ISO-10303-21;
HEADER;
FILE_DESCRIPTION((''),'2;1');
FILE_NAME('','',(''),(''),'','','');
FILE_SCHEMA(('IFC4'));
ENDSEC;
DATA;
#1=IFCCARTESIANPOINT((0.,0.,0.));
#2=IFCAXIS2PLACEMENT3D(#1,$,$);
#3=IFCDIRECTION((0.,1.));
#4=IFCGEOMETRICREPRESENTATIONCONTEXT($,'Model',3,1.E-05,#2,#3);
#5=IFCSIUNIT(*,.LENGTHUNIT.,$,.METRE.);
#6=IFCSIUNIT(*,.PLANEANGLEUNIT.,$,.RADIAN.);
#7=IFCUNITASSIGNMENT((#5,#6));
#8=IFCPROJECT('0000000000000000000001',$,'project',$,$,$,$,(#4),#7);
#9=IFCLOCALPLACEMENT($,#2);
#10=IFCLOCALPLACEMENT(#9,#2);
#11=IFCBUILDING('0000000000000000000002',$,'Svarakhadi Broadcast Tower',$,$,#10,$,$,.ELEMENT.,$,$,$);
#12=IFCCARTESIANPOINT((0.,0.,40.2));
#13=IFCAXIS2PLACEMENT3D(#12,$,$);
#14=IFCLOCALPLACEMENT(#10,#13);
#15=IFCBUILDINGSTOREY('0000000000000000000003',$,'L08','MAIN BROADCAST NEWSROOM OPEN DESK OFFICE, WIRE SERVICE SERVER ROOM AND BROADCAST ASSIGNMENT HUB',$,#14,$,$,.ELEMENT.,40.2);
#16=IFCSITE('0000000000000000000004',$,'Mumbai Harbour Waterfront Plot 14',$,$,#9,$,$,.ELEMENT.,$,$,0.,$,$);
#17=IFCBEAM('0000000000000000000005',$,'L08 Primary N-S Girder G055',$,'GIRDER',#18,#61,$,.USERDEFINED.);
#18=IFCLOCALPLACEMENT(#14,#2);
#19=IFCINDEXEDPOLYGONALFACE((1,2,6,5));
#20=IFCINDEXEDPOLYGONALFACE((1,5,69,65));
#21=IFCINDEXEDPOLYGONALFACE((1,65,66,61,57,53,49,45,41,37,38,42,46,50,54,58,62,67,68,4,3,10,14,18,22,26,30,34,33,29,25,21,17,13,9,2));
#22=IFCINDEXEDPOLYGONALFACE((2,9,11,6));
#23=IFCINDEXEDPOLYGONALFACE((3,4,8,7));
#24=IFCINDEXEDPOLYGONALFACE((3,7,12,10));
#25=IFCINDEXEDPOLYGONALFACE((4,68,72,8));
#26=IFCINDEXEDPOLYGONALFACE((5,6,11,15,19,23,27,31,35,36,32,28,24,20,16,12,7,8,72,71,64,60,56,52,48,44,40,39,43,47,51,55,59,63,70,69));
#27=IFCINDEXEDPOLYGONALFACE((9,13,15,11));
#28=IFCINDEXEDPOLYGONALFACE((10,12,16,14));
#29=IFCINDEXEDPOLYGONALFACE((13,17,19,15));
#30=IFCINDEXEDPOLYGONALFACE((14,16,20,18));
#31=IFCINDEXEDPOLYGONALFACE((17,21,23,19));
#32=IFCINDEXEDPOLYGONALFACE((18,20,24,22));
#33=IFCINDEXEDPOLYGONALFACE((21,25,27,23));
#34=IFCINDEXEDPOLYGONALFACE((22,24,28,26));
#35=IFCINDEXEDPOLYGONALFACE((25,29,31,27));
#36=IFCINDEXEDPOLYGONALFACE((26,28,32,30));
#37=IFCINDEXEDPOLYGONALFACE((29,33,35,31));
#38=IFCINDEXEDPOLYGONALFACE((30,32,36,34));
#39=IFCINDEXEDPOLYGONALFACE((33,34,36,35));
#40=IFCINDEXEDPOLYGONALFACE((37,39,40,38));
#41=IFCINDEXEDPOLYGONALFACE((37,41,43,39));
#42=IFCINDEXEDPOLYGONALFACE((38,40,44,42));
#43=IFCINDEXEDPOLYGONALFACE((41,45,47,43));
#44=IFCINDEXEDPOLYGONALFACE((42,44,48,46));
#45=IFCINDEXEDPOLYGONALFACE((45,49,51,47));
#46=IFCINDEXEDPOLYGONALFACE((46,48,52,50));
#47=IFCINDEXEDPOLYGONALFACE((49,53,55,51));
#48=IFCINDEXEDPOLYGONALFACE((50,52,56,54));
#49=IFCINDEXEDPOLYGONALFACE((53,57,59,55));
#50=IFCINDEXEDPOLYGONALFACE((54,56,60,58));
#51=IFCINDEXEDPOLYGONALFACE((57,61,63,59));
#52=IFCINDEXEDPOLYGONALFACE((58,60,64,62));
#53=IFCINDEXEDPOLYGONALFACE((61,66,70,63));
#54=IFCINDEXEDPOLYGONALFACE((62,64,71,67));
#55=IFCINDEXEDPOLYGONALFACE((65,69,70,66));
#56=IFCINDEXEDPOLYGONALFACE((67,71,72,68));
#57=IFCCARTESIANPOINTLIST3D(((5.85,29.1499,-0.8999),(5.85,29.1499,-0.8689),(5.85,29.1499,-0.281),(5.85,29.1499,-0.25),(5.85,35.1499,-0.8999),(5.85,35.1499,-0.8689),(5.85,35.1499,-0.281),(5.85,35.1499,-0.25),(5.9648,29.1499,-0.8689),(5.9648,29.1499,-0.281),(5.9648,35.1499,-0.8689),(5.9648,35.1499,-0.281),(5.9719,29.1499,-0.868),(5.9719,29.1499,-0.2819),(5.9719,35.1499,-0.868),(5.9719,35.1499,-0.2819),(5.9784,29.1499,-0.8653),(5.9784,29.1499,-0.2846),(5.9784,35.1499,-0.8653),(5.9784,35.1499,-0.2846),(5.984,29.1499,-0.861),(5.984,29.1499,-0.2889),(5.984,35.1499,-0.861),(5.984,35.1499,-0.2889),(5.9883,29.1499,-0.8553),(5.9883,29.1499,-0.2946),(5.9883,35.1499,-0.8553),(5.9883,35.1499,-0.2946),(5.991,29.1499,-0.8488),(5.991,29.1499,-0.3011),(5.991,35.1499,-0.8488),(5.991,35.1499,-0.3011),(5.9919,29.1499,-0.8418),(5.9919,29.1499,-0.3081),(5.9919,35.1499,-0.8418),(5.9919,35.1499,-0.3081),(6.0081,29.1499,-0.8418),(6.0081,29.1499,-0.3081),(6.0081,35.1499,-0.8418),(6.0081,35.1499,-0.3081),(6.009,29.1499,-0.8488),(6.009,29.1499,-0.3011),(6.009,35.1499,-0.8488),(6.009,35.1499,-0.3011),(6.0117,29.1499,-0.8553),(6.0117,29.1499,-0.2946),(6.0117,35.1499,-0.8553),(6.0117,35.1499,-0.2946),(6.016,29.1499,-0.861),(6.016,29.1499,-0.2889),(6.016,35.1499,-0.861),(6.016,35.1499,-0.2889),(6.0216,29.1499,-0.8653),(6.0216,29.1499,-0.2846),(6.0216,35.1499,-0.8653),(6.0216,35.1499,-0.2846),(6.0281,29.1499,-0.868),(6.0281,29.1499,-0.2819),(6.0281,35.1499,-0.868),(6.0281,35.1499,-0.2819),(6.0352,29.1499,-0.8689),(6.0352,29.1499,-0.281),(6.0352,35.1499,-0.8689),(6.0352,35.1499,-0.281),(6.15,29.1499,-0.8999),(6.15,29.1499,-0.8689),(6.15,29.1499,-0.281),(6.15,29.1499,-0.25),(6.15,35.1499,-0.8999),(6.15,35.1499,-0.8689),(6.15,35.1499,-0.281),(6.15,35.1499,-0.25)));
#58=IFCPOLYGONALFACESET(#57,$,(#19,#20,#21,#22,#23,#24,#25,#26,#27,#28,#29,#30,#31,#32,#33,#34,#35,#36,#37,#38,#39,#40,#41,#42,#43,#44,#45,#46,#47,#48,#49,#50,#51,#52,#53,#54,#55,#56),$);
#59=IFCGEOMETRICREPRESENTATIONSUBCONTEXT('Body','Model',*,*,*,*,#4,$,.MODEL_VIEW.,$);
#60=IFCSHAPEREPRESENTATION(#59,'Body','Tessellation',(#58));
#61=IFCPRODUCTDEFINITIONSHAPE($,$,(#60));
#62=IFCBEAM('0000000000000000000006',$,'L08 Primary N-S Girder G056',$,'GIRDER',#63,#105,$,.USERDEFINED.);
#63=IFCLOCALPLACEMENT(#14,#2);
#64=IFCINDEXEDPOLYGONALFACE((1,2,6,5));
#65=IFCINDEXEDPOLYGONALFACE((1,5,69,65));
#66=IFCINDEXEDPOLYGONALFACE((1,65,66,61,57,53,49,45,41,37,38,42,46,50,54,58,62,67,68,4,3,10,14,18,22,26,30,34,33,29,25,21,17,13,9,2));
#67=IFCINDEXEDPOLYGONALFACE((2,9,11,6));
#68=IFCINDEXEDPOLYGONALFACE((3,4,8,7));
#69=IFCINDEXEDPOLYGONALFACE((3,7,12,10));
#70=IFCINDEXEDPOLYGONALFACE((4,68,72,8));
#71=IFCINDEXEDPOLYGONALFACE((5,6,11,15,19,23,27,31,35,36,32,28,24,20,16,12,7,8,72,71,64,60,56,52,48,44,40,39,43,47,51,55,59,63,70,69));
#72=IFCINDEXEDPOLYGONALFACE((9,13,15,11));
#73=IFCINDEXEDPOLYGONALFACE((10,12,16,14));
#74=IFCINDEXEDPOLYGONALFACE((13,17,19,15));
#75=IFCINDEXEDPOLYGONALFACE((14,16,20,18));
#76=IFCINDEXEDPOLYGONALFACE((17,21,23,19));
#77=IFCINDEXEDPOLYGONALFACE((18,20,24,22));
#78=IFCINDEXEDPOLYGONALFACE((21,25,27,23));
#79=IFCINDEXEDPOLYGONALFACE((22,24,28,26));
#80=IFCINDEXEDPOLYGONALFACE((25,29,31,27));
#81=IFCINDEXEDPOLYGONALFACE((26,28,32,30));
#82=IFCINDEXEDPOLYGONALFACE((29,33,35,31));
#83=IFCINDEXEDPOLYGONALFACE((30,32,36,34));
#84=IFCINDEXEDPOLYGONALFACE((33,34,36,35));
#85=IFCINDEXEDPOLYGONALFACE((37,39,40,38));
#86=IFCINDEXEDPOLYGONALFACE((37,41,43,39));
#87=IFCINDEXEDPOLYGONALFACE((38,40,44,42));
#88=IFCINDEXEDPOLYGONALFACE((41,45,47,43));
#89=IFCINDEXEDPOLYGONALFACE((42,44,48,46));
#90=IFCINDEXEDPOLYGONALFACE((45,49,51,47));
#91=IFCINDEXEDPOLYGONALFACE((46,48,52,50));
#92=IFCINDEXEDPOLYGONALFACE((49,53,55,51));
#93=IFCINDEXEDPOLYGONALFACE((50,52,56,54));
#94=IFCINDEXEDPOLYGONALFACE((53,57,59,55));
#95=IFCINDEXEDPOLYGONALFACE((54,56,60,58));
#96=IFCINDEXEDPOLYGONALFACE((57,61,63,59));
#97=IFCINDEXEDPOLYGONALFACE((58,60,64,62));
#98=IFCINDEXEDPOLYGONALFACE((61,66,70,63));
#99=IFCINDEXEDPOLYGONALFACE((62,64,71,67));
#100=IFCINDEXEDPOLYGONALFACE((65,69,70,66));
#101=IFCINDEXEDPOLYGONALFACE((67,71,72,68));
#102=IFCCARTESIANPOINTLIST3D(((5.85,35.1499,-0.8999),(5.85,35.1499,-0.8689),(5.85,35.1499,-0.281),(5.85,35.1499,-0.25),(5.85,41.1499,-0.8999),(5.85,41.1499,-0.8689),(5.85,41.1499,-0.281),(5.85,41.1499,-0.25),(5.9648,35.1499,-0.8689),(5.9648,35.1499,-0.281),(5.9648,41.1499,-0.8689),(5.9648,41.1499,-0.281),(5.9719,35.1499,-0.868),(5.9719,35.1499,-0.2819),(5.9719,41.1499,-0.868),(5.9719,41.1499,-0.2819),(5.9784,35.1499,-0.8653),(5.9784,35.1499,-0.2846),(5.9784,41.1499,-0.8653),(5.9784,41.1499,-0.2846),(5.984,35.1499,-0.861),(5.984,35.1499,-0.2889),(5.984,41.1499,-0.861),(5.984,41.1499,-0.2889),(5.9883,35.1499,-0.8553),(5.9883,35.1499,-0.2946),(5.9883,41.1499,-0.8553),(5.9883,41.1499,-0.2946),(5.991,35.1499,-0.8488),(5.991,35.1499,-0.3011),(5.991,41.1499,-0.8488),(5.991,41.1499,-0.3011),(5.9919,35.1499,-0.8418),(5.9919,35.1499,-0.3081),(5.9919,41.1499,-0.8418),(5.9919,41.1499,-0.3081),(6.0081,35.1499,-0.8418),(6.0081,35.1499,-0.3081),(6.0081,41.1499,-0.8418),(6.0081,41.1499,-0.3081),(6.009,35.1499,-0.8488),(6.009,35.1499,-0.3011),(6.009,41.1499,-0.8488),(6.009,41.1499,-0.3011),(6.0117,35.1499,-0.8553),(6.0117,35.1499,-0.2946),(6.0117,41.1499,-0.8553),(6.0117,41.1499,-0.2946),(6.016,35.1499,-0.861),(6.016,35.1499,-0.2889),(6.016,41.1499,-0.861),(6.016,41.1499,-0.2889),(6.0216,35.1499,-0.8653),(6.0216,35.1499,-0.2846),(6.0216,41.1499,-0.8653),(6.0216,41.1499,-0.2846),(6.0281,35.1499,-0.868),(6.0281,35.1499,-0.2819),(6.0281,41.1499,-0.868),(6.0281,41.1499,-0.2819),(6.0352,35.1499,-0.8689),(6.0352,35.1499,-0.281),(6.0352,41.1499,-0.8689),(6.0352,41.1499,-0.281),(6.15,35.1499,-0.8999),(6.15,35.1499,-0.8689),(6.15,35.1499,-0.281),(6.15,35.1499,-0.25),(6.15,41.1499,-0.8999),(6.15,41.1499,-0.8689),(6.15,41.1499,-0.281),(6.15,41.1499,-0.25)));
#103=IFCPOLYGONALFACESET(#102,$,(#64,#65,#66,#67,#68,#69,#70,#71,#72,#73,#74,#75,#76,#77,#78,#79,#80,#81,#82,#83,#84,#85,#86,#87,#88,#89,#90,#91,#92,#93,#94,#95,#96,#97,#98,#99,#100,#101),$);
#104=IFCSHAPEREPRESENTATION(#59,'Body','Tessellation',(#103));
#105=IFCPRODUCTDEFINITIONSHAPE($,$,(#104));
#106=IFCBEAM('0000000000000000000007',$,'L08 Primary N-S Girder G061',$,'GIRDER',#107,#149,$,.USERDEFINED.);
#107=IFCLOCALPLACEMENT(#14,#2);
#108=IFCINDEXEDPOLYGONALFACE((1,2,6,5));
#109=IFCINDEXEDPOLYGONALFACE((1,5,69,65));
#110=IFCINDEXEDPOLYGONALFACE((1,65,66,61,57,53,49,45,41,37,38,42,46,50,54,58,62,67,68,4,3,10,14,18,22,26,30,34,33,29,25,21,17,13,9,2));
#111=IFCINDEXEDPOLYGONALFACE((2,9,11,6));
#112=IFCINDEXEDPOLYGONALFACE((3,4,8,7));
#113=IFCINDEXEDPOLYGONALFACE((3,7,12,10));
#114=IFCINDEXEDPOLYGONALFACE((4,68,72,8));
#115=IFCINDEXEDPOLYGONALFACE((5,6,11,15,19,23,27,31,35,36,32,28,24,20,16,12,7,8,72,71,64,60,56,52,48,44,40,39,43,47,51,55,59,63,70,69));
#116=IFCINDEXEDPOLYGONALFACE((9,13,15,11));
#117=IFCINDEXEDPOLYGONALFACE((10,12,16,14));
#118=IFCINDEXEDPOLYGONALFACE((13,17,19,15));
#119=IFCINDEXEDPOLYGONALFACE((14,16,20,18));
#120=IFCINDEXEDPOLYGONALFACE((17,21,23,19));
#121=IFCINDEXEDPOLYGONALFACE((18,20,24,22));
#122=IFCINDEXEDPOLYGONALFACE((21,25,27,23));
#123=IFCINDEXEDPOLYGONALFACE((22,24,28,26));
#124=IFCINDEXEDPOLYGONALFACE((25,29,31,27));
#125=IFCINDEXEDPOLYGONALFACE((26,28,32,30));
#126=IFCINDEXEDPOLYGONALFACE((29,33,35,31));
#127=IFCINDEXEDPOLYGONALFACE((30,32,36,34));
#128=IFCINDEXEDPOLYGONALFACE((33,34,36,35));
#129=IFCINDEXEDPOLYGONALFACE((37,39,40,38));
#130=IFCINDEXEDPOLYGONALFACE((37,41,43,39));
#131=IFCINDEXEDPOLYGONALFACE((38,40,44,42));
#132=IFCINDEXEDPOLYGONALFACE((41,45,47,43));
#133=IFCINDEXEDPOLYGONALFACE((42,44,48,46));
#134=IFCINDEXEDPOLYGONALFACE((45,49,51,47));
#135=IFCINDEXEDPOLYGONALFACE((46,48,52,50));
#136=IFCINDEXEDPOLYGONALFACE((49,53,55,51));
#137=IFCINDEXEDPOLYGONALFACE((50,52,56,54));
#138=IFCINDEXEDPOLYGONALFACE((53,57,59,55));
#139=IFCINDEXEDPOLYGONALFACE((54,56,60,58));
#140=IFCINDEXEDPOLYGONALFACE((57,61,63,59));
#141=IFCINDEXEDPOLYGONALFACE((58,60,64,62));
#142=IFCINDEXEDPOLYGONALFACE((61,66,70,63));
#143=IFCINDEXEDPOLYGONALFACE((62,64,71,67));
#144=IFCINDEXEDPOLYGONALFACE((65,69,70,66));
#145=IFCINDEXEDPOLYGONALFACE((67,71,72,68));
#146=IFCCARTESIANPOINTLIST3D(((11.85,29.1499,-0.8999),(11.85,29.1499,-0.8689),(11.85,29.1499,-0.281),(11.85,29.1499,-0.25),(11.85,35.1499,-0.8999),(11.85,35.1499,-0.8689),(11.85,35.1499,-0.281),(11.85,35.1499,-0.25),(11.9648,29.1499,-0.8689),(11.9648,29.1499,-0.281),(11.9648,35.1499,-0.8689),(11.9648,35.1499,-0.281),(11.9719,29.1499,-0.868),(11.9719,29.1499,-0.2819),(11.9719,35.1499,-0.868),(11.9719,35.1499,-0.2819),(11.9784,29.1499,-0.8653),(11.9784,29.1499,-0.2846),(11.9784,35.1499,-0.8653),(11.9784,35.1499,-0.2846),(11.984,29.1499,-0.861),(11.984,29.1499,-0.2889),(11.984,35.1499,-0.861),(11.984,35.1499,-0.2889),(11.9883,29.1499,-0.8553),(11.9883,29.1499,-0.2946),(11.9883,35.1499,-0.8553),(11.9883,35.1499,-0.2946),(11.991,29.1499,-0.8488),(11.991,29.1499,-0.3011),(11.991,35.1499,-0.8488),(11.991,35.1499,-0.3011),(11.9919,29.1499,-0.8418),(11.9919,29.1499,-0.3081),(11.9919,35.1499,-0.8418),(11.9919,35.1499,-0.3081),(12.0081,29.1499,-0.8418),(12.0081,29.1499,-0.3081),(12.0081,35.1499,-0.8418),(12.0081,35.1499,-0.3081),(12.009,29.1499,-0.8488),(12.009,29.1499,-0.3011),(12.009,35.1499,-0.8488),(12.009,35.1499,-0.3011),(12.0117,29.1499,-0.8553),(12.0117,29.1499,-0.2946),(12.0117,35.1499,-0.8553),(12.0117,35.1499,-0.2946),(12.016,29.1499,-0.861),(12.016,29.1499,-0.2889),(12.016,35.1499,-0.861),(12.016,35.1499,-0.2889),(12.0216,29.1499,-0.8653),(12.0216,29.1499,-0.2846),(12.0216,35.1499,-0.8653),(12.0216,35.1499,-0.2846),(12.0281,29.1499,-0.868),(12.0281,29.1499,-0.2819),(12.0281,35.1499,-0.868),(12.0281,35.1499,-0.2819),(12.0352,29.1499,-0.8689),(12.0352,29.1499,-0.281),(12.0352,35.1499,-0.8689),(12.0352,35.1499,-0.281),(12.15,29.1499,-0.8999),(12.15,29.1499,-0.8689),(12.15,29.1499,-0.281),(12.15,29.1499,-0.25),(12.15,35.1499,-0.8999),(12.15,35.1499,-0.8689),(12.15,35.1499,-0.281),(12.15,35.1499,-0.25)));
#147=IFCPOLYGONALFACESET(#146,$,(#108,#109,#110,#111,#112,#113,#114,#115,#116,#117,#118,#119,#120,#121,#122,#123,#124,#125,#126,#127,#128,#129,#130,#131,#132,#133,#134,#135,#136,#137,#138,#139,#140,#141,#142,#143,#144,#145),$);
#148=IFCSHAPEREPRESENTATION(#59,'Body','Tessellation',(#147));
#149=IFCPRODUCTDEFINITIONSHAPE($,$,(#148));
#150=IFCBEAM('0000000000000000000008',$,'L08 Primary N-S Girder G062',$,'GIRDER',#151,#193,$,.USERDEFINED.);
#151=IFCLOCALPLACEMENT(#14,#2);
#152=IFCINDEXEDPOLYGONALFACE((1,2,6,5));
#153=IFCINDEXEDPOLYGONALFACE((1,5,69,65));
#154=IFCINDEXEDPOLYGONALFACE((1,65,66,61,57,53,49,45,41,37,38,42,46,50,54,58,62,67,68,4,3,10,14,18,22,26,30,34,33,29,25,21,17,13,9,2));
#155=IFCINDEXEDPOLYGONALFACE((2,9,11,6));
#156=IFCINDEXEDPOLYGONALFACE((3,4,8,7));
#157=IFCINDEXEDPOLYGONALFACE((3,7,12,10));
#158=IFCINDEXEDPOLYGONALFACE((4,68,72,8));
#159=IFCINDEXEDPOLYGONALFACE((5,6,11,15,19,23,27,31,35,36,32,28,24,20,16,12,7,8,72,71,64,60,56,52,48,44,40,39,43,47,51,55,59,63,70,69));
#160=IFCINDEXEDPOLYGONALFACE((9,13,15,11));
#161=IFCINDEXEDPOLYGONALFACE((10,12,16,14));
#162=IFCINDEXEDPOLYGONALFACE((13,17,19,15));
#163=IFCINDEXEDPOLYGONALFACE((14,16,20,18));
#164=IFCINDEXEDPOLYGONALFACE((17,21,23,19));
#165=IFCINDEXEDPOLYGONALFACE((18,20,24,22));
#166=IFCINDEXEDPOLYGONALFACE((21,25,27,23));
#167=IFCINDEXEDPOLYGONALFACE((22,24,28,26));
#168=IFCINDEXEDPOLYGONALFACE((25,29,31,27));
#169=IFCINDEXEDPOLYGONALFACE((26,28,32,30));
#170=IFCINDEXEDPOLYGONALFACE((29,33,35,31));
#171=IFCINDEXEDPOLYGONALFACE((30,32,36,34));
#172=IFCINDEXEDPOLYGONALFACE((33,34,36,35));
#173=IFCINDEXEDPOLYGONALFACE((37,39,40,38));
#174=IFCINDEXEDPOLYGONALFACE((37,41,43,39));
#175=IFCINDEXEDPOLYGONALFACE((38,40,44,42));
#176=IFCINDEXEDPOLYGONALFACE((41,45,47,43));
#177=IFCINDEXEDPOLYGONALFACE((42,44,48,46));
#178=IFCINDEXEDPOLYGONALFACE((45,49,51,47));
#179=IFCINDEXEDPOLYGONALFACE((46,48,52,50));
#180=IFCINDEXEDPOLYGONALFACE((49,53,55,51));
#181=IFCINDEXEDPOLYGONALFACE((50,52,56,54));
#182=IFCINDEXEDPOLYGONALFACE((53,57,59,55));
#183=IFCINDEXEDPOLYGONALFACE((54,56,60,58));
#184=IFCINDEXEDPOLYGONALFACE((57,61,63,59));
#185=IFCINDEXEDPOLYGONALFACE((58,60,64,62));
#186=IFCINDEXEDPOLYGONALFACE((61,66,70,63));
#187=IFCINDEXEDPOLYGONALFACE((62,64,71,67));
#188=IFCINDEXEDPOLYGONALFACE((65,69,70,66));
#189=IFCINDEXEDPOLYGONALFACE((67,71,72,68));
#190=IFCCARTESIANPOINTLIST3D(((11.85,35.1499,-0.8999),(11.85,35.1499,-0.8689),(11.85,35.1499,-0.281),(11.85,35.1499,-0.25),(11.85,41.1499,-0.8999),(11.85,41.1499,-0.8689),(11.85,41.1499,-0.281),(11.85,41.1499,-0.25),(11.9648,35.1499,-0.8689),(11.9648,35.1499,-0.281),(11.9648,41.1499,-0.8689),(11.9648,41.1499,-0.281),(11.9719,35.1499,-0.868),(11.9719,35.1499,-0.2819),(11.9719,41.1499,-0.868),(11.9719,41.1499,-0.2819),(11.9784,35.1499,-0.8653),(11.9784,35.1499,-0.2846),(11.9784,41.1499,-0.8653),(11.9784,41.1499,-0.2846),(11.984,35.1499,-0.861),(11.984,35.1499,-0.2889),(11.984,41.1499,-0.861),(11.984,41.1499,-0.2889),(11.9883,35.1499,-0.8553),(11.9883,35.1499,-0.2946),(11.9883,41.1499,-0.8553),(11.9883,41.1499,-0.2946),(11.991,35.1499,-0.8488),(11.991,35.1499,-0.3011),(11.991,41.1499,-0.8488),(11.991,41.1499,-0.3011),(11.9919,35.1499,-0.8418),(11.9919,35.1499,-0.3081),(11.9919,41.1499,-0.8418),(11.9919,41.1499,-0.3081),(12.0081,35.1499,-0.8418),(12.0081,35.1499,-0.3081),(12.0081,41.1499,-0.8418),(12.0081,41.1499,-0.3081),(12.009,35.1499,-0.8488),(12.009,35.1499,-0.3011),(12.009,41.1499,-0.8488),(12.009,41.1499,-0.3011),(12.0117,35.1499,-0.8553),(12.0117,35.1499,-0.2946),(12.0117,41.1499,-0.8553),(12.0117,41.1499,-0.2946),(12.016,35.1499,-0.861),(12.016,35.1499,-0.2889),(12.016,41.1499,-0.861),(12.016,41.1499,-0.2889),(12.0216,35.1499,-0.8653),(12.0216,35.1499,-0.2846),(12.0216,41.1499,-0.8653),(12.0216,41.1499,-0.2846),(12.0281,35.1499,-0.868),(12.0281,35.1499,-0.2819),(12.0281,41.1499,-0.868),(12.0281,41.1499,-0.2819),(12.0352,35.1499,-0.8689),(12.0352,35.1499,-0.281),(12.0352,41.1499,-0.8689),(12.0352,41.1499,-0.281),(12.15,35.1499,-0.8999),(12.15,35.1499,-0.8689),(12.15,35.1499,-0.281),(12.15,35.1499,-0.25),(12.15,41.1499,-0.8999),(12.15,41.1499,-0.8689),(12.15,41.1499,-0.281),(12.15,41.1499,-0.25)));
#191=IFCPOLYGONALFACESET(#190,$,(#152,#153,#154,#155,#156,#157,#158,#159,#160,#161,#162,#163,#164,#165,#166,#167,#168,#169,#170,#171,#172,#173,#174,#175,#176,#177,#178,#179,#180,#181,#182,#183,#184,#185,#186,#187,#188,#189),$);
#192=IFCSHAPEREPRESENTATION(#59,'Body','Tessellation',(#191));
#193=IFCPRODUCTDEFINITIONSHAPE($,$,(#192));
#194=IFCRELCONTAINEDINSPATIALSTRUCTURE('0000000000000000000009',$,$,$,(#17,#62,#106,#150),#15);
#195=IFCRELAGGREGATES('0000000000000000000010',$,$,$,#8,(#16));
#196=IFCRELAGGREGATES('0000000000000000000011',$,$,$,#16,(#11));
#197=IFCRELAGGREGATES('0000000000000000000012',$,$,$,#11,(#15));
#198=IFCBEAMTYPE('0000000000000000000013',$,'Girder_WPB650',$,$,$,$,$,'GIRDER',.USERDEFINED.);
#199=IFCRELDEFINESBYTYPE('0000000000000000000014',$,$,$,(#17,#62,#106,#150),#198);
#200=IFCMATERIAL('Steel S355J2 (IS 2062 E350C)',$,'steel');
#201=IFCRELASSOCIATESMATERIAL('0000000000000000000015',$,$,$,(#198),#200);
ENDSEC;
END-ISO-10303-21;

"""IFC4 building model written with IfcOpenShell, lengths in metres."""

from ifc_helpers import new_model, si_unit, direction, frame, origin, origin_2d, place, context, subcontext, project, spatial, i_section, extrude, material, material_profile, profile_set, type_object, element, save


model = new_model("IFC4")

# Units and contexts
model_context = context("Model", 3, precision=1e-05, world=origin(), true_north=direction((0.0, 1.0)))
body_context = subcontext(model_context, "Body", "Model", "MODEL_VIEW")
ifc_project = project(units=[si_unit("LENGTHUNIT", "METRE"), si_unit("PLANEANGLEUNIT", "RADIAN")], contexts=[model_context])

# Site, building, storey
site_placement = place(None, origin())
site = spatial("IfcSite", under=ifc_project, at=site_placement, Name="Mumbai Harbour Waterfront Plot 14", CompositionType="ELEMENT", RefElevation=0.0)
building_placement = place(site_placement, origin())
building = spatial("IfcBuilding", under=site, at=building_placement, Name="Svarakhadi Broadcast Tower", CompositionType="ELEMENT")
storey_placement = place(building_placement, frame((0.0, 0.0, 40.2)))
storey = spatial("IfcBuildingStorey", under=building, at=storey_placement, Name="L08", Description="MAIN BROADCAST NEWSROOM OPEN DESK OFFICE, WIRE SERVICE SERVER ROOM AND BROADCAST ASSIGNMENT HUB", CompositionType="ELEMENT", Elevation=40.2)

# Beams
ifc_material_1 = material(Name="Steel S355J2 (IS 2062 E350C)", Category="steel")
ifc_material_profile_1 = material_profile(ifc_material_1, i_section(OverallWidth=0.3, OverallDepth=0.6499, WebThickness=0.0161, FlangeThickness=0.031, FilletRadius=0.0271, at=origin_2d()), Name="WPB 650x300x225")
ifc_profile_set_1 = profile_set([ifc_material_profile_1], Name="Steel S355J2 (IS 2062 E350C)")
beam_type_1 = type_object("IfcBeamType", Name="Girder_WPB650", ElementType="GIRDER", PredefinedType="USERDEFINED", material=ifc_profile_set_1)
for number, where, z_axis, x_axis, name in (
    (1, (6.0, 29.1499, -0.575), (0.0, 1.0, 0.0), (-1.0, 0.0, 0.0), "L08 Primary N-S Girder G055"),
    (2, (6.0, 35.1499, -0.575), (0.0, 1.0, 0.0), (-1.0, 0.0, 0.0), "L08 Primary N-S Girder G056"),
    (3, (12.0, 29.1499, -0.575), (0.0, 1.0, 0.0), (-1.0, 0.0, 0.0), "L08 Primary N-S Girder G061"),
    (4, (12.0, 35.1499, -0.575), (0.0, 1.0, 0.0), (-1.0, 0.0, 0.0), "L08 Primary N-S Girder G062"),
):
    element("IfcBeam", number, at=place(storey_placement, frame(where, z_axis=z_axis, x_axis=x_axis)), inside=storey, type_object=beam_type_1, Name=name, ObjectType="GIRDER", PredefinedType="USERDEFINED", context=body_context, shape_type="SweptSolid", body=[
        extrude(i_section(OverallWidth=0.3, OverallDepth=0.6499, WebThickness=0.0161, FlangeThickness=0.031, FilletRadius=0.0271, at=origin_2d()), origin(), (0.0, 0.0, 1.0), 6.0),
    ])

save(model, "model.ifc")
